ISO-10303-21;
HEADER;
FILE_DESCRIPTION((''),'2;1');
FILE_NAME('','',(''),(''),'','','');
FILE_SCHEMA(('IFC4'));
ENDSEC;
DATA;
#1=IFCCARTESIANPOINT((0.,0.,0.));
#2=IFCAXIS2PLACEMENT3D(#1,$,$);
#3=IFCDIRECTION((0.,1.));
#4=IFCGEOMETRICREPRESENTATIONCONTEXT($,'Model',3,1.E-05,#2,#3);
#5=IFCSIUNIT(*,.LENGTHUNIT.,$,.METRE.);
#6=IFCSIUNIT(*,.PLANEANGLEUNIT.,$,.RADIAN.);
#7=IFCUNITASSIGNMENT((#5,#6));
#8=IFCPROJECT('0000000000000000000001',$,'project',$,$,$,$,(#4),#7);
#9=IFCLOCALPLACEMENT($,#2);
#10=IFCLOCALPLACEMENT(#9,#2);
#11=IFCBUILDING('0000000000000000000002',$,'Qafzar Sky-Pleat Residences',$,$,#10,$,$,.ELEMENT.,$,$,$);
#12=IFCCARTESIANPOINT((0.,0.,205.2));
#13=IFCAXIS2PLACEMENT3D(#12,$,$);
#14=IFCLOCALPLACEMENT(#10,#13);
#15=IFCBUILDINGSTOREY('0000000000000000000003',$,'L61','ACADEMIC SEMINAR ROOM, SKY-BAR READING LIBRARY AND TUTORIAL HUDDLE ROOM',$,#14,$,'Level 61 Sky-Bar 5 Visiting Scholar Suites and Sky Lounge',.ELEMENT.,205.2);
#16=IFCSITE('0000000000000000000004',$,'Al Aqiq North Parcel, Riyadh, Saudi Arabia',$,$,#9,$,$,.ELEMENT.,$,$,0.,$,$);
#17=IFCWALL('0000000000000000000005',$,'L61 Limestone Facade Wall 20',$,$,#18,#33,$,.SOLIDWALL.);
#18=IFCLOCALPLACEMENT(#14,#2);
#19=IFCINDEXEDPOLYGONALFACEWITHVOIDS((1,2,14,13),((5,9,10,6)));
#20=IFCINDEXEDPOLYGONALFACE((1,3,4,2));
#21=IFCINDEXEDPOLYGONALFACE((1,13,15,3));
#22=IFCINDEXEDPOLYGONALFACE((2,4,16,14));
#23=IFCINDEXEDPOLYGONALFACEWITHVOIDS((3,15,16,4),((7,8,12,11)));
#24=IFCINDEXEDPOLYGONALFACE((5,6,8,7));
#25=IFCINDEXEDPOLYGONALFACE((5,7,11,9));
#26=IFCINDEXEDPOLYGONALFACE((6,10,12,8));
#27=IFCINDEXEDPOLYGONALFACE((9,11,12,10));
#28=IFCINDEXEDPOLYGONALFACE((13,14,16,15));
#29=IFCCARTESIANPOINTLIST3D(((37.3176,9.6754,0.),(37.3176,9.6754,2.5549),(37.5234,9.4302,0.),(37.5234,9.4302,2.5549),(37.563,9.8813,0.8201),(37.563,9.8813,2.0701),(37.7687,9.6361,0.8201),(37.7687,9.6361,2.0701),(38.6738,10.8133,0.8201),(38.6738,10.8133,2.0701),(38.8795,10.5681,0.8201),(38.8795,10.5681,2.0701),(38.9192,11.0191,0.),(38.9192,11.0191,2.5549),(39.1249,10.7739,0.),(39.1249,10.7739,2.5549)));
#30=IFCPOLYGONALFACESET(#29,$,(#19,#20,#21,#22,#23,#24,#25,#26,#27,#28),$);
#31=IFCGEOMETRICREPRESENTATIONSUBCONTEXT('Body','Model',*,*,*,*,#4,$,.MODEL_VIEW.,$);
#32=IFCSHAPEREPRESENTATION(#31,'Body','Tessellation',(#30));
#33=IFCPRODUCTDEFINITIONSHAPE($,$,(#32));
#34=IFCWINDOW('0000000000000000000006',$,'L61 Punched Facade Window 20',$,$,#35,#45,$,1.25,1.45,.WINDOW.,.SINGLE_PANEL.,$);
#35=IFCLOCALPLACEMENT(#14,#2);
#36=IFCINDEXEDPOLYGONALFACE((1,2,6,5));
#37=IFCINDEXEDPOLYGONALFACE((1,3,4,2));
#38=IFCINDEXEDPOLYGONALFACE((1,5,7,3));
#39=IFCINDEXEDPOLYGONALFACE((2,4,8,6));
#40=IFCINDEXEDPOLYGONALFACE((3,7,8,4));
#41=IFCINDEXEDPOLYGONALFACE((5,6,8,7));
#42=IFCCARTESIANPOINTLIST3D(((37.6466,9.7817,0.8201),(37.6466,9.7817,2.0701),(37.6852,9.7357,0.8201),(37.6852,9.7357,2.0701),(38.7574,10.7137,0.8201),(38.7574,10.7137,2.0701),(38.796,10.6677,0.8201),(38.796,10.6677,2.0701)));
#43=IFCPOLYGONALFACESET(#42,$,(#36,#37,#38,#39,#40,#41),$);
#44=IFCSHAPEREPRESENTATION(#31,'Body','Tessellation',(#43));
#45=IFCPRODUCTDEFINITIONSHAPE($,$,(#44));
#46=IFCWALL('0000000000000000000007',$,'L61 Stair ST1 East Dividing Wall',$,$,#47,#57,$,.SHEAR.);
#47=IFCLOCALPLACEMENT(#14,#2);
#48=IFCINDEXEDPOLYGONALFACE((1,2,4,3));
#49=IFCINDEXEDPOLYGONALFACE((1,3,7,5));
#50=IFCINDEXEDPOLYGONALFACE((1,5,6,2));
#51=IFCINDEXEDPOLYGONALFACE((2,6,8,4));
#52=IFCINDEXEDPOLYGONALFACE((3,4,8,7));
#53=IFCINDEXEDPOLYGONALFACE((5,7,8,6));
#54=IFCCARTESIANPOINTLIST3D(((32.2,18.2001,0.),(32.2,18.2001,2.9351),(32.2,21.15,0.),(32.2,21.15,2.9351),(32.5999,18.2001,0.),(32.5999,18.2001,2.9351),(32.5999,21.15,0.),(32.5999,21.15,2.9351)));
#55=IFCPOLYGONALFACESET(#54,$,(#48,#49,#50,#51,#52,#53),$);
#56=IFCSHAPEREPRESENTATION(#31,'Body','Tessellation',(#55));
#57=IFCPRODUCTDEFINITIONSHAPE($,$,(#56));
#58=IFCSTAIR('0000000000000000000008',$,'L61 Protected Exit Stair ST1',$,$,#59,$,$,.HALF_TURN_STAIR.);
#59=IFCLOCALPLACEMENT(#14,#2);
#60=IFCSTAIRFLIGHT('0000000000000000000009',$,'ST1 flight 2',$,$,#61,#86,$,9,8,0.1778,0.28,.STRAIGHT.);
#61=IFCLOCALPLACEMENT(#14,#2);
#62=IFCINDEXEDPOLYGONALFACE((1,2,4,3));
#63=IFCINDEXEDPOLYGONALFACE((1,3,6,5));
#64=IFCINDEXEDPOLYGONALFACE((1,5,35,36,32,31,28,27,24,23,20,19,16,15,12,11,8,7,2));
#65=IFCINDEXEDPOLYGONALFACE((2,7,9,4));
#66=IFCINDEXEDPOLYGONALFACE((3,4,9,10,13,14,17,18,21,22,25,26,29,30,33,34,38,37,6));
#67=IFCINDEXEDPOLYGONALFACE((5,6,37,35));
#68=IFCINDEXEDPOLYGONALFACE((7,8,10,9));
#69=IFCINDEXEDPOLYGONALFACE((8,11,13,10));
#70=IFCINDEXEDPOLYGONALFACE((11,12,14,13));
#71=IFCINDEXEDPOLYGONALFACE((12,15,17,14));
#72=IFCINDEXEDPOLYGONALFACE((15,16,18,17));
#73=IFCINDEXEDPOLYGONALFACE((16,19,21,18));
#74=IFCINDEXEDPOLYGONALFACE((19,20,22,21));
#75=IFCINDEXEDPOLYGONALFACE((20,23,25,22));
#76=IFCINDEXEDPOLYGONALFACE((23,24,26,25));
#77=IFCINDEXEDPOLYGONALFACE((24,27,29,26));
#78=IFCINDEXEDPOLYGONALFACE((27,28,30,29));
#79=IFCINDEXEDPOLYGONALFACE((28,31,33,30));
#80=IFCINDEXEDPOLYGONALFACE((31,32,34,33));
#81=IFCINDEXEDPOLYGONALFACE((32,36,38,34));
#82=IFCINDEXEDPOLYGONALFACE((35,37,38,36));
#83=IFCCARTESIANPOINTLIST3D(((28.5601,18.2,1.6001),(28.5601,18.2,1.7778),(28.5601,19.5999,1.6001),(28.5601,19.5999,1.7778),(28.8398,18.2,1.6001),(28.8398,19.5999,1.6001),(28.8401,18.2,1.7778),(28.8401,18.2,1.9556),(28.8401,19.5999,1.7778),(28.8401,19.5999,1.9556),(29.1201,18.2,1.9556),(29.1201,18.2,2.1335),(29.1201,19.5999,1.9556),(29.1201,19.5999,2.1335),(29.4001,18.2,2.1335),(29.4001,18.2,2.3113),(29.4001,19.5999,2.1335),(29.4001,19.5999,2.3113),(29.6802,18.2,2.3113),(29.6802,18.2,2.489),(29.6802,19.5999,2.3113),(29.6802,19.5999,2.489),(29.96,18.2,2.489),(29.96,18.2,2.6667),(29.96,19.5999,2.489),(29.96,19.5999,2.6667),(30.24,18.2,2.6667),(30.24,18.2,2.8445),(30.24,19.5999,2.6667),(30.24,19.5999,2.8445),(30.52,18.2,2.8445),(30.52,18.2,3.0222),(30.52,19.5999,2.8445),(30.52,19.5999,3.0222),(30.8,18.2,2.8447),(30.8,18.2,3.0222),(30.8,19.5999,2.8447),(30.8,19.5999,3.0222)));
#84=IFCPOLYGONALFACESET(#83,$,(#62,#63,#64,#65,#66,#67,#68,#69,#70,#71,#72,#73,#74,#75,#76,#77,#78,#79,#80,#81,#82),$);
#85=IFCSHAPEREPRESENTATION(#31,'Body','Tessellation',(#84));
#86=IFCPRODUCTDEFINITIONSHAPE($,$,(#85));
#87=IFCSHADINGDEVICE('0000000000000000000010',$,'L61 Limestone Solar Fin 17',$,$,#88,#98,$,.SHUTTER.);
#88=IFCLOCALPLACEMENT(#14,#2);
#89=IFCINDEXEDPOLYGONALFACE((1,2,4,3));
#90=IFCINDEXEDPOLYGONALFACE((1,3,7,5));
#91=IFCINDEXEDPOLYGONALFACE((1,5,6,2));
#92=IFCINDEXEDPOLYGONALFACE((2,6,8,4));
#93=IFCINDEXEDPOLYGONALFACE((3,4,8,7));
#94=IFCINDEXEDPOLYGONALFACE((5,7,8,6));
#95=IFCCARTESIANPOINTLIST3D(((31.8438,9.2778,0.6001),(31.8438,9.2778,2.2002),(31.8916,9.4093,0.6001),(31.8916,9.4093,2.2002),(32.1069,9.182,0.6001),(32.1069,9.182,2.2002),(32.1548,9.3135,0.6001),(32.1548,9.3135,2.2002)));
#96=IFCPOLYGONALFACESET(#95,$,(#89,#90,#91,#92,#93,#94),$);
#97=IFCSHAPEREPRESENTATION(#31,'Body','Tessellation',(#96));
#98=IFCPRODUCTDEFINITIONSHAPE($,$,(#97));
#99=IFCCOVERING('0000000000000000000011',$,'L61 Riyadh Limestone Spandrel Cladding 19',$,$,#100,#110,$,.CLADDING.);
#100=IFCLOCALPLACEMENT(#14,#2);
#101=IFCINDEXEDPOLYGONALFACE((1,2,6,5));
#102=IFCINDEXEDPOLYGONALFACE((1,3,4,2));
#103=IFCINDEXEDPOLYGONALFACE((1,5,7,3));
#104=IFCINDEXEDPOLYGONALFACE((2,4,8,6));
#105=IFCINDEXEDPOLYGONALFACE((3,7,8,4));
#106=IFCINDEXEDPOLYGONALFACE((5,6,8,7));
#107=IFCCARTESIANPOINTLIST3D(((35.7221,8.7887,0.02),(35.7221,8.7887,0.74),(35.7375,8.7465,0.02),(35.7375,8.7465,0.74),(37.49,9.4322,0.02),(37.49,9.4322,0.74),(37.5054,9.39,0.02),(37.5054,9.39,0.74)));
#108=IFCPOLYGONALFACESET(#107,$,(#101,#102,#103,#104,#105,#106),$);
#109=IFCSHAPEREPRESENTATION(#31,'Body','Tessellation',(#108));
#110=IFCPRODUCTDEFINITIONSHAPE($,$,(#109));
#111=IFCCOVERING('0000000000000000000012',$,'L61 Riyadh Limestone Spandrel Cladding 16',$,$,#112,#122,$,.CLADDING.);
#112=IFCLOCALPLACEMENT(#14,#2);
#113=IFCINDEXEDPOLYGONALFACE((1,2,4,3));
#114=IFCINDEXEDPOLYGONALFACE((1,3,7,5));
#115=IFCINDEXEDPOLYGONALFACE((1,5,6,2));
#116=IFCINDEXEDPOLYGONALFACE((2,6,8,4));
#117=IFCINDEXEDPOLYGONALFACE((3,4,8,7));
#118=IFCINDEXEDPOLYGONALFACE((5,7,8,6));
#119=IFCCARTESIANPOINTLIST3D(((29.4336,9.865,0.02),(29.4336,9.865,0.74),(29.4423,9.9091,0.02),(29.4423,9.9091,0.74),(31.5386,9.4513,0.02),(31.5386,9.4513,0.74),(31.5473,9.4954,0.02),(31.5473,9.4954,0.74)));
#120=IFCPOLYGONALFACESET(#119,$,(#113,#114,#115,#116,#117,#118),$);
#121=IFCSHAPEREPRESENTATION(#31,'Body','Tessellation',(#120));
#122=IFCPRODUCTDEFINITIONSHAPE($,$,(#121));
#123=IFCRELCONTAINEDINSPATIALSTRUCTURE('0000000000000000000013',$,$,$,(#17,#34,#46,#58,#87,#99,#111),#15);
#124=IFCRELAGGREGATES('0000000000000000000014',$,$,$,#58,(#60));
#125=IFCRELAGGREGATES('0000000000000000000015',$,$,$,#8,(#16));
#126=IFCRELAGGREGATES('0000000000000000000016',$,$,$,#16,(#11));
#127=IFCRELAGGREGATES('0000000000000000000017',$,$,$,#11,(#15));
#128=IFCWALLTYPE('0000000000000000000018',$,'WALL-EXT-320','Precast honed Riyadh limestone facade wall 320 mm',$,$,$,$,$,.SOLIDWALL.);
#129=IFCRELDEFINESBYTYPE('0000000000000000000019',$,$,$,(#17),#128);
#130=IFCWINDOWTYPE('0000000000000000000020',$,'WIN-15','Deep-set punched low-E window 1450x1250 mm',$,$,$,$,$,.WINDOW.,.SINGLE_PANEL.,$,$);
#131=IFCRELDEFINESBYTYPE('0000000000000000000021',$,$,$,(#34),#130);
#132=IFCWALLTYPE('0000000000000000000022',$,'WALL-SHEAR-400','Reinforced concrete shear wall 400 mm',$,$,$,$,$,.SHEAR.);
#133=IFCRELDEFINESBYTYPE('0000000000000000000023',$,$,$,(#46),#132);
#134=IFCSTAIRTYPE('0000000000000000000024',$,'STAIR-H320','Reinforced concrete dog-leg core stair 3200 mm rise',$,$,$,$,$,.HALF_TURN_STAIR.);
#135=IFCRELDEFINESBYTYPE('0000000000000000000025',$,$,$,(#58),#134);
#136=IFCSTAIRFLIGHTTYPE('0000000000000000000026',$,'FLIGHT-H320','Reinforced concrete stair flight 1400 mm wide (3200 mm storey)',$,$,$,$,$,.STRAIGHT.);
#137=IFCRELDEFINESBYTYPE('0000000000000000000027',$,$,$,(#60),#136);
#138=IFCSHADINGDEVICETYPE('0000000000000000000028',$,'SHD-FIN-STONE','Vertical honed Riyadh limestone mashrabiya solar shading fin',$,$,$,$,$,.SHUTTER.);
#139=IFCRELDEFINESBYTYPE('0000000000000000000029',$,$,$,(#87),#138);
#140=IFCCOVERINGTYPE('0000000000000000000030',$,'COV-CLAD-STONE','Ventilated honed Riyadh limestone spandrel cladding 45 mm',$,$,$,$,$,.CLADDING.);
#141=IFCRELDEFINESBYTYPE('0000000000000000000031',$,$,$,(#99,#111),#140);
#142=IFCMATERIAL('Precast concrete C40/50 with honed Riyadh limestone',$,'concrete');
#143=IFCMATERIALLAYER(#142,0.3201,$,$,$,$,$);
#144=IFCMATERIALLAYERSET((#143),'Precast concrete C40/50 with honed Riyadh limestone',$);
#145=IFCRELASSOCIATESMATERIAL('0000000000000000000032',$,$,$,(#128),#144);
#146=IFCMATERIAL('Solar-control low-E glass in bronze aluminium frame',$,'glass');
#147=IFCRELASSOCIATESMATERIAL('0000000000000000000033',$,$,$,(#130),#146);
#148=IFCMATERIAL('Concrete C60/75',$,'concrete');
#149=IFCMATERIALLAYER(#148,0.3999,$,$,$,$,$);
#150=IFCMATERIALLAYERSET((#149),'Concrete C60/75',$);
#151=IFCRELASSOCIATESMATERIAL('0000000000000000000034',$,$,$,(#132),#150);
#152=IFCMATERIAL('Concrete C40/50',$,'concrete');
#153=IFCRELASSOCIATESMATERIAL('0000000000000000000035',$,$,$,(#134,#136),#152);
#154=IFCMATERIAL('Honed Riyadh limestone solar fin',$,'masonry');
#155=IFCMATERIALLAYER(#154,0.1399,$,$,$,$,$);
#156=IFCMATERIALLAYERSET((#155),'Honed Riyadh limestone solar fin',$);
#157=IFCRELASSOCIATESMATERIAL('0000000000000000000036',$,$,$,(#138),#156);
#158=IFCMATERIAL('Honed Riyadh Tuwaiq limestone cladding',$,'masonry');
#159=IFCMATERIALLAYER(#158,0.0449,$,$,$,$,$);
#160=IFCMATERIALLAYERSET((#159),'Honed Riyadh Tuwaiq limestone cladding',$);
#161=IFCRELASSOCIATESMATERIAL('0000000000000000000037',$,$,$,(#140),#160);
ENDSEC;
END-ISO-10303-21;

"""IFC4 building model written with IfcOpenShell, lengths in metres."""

from ifc_helpers import new_model, si_unit, direction, frame, frame_2d, origin, origin_2d, place, context, subcontext, project, spatial, polyline, rectangle, outline, extrude, source, transform, mapped, material, layer, layer_set, type_object, element, fill, aggregate, save


model = new_model("IFC4")

# Units and contexts
model_context = context("Model", 3, precision=1e-05, world=origin(), true_north=direction((0.0, 1.0)))
body_context = subcontext(model_context, "Body", "Model", "MODEL_VIEW")
ifc_project = project(units=[si_unit("LENGTHUNIT", "METRE"), si_unit("PLANEANGLEUNIT", "RADIAN")], contexts=[model_context])

# Site, building, storey
site_placement = place(None, origin())
site = spatial("IfcSite", under=ifc_project, at=site_placement, Name="Al Aqiq North Parcel, Riyadh, Saudi Arabia", CompositionType="ELEMENT", RefElevation=0.0)
building_placement = place(site_placement, origin())
building = spatial("IfcBuilding", under=site, at=building_placement, Name="Qafzar Sky-Pleat Residences", CompositionType="ELEMENT")
storey_placement = place(building_placement, frame((0.0, 0.0, 205.2)))
storey = spatial("IfcBuildingStorey", under=building, at=storey_placement, Name="L61", Description="ACADEMIC SEMINAR ROOM, SKY-BAR READING LIBRARY AND TUTORIAL HUDDLE ROOM", LongName="Level 61 Sky-Bar 5 Visiting Scholar Suites and Sky Lounge", CompositionType="ELEMENT", Elevation=205.2)

# Wall, opening, window
ifc_material_1 = material(Name="Precast concrete C40/50 with honed Riyadh limestone", Category="concrete")
ifc_layer_1 = layer(ifc_material_1, 0.3201)
ifc_layer_set_1 = layer_set([ifc_layer_1], Name="Precast concrete C40/50 with honed Riyadh limestone")
wall_type_1 = type_object("IfcWallType", Name="WALL-EXT-320", Description="Precast honed Riyadh limestone facade wall 320 mm", PredefinedType="SOLIDWALL", material=ifc_layer_set_1)
ifc_material_2 = material(Name="Solar-control low-E glass in bronze aluminium frame", Category="glass")
wall_1_placement = place(storey_placement, frame((37.4204, 9.5527, 0.0), z_axis=(0.0, 0.0, 1.0), x_axis=(0.766073, 0.642754, 0.0)))
wall_1 = element("IfcWall", 1, at=wall_1_placement, inside=storey, type_object=wall_type_1, Name="L61 Limestone Facade Wall 20", PredefinedType="SOLIDWALL", context=body_context, shape_type="SweptSolid", body=[
    extrude(rectangle(XDim=2.0906, YDim=0.3201, at=frame_2d((1.0454, 0.0))), origin(), (0.0, 0.0, 1.0), 2.5549),
])
opening_1_placement = place(wall_1_placement, frame((0.3203, 0.0, 0.8201)))
opening_1 = element("IfcOpeningElement", 2, at=opening_1_placement, cuts=wall_1, PredefinedType="OPENING", context=body_context, shape_type="SweptSolid", body=[
    extrude(rectangle(XDim=1.45, YDim=1.25, at=frame_2d((0.7251, 0.625))), frame((0.0, 0.1699, 0.0), z_axis=(0.0, -1.0, 0.0), x_axis=(1.0, 0.0, 0.0)), (0.0, 0.0, 1.0), 0.3401),
])
window_type_1 = type_object("IfcWindowType", Name="WIN-15", Description="Deep-set punched low-E window 1450x1250 mm", PartitioningType="SINGLE_PANEL", PredefinedType="WINDOW", material=ifc_material_2)
shared_shape_1 = source(origin(), body_context, "Body", "SweptSolid", [
    extrude(rectangle(XDim=1.45, YDim=1.25, at=frame_2d((0.7251, 0.625))), frame((0.0, 0.03, 0.0), z_axis=(0.0, -1.0, 0.0), x_axis=(1.0, 0.0, 0.0)), (0.0, 0.0, 1.0), 0.0601),
])
window_1_placement = place(opening_1_placement, origin())
window_1 = element("IfcWindow", 3, at=window_1_placement, inside=storey, type_object=window_type_1, Name="L61 Punched Facade Window 20", OverallHeight=1.25, OverallWidth=1.45, PartitioningType="SINGLE_PANEL", PredefinedType="WINDOW", context=body_context, shape_type="MappedRepresentation", body=[
    mapped(shared_shape_1, transform((0.0, 0.0, 0.0), x_axis=(1.0, 0.0, 0.0), y_axis=(0.0, 1.0, 0.0), z_axis=(0.0, 0.0, 1.0), scale=1.0)),
])
fill(opening_1, window_1)

# Wall
ifc_material_3 = material(Name="Concrete C60/75", Category="concrete")
ifc_layer_2 = layer(ifc_material_3, 0.3999)
ifc_layer_set_2 = layer_set([ifc_layer_2], Name="Concrete C60/75")
wall_type_2 = type_object("IfcWallType", Name="WALL-SHEAR-400", Description="Reinforced concrete shear wall 400 mm", PredefinedType="SHEAR", material=ifc_layer_set_2)
wall_2_placement = place(storey_placement, frame((32.3999, 18.2, 0.0), z_axis=(0.0, 0.0, 1.0), x_axis=(0.0, 1.0, 0.0)))
element("IfcWall", 4, at=wall_2_placement, inside=storey, type_object=wall_type_2, Name="L61 Stair ST1 East Dividing Wall", PredefinedType="SHEAR", context=body_context, shape_type="SweptSolid", body=[
    extrude(rectangle(XDim=2.95, YDim=0.3999, at=frame_2d((1.4751, 0.0))), origin(), (0.0, 0.0, 1.0), 2.9351),
])

# Stair, stair flight
ifc_material_4 = material(Name="Concrete C40/50", Category="concrete")
stair_type = type_object("IfcStairType", Name="STAIR-H320", Description="Reinforced concrete dog-leg core stair 3200 mm rise", PredefinedType="HALF_TURN_STAIR", material=ifc_material_4)
stair_placement = place(storey_placement, origin())
stair = element("IfcStair", 5, at=stair_placement, inside=storey, type_object=stair_type, Name="L61 Protected Exit Stair ST1", PredefinedType="HALF_TURN_STAIR")
stair_flight_type = type_object("IfcStairFlightType", Name="FLIGHT-H320", Description="Reinforced concrete stair flight 1400 mm wide (3200 mm storey)", PredefinedType="STRAIGHT", material=ifc_material_4)
shared_shape_2 = source(origin(), body_context, "Body", "SweptSolid", [
    extrude(outline(polyline([(0.0, 0.0), (0.0, 0.1777), (0.28, 0.1777), (0.28, 0.3555), (0.5601, 0.3555), (0.5601, 0.5334), (0.8401, 0.5334), (0.8401, 0.7112), (1.1201, 0.7112), (1.1201, 0.8889), (1.3999, 0.8889), (1.3999, 1.0667), (1.6799, 1.0667), (1.6799, 1.2444), (1.96, 1.2444), (1.96, 1.4221), (2.24, 1.4221), (2.24, 1.6001), (2.24, 1.2446), (0.2798, 0.0), (0.0, 0.0)])), frame((0.0, 0.7, 0.0), z_axis=(0.0, -1.0, 0.0), x_axis=(1.0, 0.0, 0.0)), (0.0, 0.0, 1.0), 1.3999),
])
stair_flight_placement = place(storey_placement, frame((28.5601, 18.8999, 1.6001), z_axis=(0.0, 0.0, 1.0), x_axis=(1.0, 0.0, 0.0)))
stair_flight = element("IfcStairFlight", 6, at=stair_flight_placement, type_object=stair_flight_type, Name="ST1 flight 2", NumberOfRisers=9, NumberOfTreads=8, PredefinedType="STRAIGHT", RiserHeight=0.1778, TreadLength=0.28, context=body_context, shape_type="MappedRepresentation", body=[
    mapped(shared_shape_2, transform((0.0, 0.0, 0.0), x_axis=(1.0, 0.0, 0.0), y_axis=(0.0, 1.0, 0.0), z_axis=(0.0, 0.0, 1.0), scale=1.0)),
])
aggregate(stair, [stair_flight])

# Shading device
ifc_material_5 = material(Name="Honed Riyadh limestone solar fin", Category="masonry")
ifc_layer_3 = layer(ifc_material_5, 0.1399)
ifc_layer_set_3 = layer_set([ifc_layer_3], Name="Honed Riyadh limestone solar fin")
shading_device_type = type_object("IfcShadingDeviceType", Name="SHD-FIN-STONE", Description="Vertical honed Riyadh limestone mashrabiya solar shading fin", PredefinedType="SHUTTER", material=ifc_layer_set_3)
shared_shape_3 = source(origin(), body_context, "Body", "SweptSolid", [
    extrude(rectangle(XDim=0.1399, YDim=0.28, at=origin_2d()), origin(), (0.0, 0.0, 1.0), 1.6001),
])
shading_device_placement = place(storey_placement, frame((31.9993, 9.2957, 0.6001), z_axis=(0.0, 0.0, 1.0), x_axis=(-0.342054, -0.93968, 0.0)))
element("IfcShadingDevice", 7, at=shading_device_placement, inside=storey, type_object=shading_device_type, Name="L61 Limestone Solar Fin 17", PredefinedType="SHUTTER", context=body_context, shape_type="MappedRepresentation", body=[
    mapped(shared_shape_3, transform((0.0, 0.0, 0.0), x_axis=(1.0, 0.0, 0.0), y_axis=(0.0, 1.0, 0.0), z_axis=(0.0, 0.0, 1.0), scale=1.0)),
])

# Coverings
ifc_material_6 = material(Name="Honed Riyadh Tuwaiq limestone cladding", Category="masonry")
ifc_layer_4 = layer(ifc_material_6, 0.0449)
ifc_layer_set_4 = layer_set([ifc_layer_4], Name="Honed Riyadh Tuwaiq limestone cladding")
covering_type = type_object("IfcCoveringType", Name="COV-CLAD-STONE", Description="Ventilated honed Riyadh limestone spandrel cladding 45 mm", PredefinedType="CLADDING", material=ifc_layer_set_4)
shared_shape_4 = source(origin(), body_context, "Body", "SweptSolid", [
    extrude(rectangle(XDim=1.8813, YDim=0.0449, at=origin_2d()), origin(), (0.0, 0.0, 1.0), 0.72),
])
covering_1_placement = place(storey_placement, frame((36.6138, 9.0894, 0.02), z_axis=(0.0, 0.0, 1.0), x_axis=(0.939694, 0.342016, 0.0)))
element("IfcCovering", 8, at=covering_1_placement, inside=storey, type_object=covering_type, Name="L61 Riyadh Limestone Spandrel Cladding 19", PredefinedType="CLADDING", context=body_context, shape_type="MappedRepresentation", body=[
    mapped(shared_shape_4, transform((0.0, 0.0, 0.0), x_axis=(1.0, 0.0, 0.0), y_axis=(0.0, 1.0, 0.0), z_axis=(0.0, 0.0, 1.0), scale=1.0)),
])
shared_shape_5 = source(origin(), body_context, "Body", "SweptSolid", [
    extrude(rectangle(XDim=2.1453, YDim=0.0449, at=origin_2d()), origin(), (0.0, 0.0, 1.0), 0.72),
])
covering_2_placement = place(storey_placement, frame((30.4905, 9.6802, 0.02), z_axis=(0.0, 0.0, 1.0), x_axis=(0.981232, -0.192831, 0.0)))
element("IfcCovering", 9, at=covering_2_placement, inside=storey, type_object=covering_type, Name="L61 Riyadh Limestone Spandrel Cladding 16", PredefinedType="CLADDING", context=body_context, shape_type="MappedRepresentation", body=[
    mapped(shared_shape_5, transform((0.0, 0.0, 0.0), x_axis=(1.0, 0.0, 0.0), y_axis=(0.0, 1.0, 0.0), z_axis=(0.0, 0.0, 1.0), scale=1.0)),
])

save(model, "model.ifc")
